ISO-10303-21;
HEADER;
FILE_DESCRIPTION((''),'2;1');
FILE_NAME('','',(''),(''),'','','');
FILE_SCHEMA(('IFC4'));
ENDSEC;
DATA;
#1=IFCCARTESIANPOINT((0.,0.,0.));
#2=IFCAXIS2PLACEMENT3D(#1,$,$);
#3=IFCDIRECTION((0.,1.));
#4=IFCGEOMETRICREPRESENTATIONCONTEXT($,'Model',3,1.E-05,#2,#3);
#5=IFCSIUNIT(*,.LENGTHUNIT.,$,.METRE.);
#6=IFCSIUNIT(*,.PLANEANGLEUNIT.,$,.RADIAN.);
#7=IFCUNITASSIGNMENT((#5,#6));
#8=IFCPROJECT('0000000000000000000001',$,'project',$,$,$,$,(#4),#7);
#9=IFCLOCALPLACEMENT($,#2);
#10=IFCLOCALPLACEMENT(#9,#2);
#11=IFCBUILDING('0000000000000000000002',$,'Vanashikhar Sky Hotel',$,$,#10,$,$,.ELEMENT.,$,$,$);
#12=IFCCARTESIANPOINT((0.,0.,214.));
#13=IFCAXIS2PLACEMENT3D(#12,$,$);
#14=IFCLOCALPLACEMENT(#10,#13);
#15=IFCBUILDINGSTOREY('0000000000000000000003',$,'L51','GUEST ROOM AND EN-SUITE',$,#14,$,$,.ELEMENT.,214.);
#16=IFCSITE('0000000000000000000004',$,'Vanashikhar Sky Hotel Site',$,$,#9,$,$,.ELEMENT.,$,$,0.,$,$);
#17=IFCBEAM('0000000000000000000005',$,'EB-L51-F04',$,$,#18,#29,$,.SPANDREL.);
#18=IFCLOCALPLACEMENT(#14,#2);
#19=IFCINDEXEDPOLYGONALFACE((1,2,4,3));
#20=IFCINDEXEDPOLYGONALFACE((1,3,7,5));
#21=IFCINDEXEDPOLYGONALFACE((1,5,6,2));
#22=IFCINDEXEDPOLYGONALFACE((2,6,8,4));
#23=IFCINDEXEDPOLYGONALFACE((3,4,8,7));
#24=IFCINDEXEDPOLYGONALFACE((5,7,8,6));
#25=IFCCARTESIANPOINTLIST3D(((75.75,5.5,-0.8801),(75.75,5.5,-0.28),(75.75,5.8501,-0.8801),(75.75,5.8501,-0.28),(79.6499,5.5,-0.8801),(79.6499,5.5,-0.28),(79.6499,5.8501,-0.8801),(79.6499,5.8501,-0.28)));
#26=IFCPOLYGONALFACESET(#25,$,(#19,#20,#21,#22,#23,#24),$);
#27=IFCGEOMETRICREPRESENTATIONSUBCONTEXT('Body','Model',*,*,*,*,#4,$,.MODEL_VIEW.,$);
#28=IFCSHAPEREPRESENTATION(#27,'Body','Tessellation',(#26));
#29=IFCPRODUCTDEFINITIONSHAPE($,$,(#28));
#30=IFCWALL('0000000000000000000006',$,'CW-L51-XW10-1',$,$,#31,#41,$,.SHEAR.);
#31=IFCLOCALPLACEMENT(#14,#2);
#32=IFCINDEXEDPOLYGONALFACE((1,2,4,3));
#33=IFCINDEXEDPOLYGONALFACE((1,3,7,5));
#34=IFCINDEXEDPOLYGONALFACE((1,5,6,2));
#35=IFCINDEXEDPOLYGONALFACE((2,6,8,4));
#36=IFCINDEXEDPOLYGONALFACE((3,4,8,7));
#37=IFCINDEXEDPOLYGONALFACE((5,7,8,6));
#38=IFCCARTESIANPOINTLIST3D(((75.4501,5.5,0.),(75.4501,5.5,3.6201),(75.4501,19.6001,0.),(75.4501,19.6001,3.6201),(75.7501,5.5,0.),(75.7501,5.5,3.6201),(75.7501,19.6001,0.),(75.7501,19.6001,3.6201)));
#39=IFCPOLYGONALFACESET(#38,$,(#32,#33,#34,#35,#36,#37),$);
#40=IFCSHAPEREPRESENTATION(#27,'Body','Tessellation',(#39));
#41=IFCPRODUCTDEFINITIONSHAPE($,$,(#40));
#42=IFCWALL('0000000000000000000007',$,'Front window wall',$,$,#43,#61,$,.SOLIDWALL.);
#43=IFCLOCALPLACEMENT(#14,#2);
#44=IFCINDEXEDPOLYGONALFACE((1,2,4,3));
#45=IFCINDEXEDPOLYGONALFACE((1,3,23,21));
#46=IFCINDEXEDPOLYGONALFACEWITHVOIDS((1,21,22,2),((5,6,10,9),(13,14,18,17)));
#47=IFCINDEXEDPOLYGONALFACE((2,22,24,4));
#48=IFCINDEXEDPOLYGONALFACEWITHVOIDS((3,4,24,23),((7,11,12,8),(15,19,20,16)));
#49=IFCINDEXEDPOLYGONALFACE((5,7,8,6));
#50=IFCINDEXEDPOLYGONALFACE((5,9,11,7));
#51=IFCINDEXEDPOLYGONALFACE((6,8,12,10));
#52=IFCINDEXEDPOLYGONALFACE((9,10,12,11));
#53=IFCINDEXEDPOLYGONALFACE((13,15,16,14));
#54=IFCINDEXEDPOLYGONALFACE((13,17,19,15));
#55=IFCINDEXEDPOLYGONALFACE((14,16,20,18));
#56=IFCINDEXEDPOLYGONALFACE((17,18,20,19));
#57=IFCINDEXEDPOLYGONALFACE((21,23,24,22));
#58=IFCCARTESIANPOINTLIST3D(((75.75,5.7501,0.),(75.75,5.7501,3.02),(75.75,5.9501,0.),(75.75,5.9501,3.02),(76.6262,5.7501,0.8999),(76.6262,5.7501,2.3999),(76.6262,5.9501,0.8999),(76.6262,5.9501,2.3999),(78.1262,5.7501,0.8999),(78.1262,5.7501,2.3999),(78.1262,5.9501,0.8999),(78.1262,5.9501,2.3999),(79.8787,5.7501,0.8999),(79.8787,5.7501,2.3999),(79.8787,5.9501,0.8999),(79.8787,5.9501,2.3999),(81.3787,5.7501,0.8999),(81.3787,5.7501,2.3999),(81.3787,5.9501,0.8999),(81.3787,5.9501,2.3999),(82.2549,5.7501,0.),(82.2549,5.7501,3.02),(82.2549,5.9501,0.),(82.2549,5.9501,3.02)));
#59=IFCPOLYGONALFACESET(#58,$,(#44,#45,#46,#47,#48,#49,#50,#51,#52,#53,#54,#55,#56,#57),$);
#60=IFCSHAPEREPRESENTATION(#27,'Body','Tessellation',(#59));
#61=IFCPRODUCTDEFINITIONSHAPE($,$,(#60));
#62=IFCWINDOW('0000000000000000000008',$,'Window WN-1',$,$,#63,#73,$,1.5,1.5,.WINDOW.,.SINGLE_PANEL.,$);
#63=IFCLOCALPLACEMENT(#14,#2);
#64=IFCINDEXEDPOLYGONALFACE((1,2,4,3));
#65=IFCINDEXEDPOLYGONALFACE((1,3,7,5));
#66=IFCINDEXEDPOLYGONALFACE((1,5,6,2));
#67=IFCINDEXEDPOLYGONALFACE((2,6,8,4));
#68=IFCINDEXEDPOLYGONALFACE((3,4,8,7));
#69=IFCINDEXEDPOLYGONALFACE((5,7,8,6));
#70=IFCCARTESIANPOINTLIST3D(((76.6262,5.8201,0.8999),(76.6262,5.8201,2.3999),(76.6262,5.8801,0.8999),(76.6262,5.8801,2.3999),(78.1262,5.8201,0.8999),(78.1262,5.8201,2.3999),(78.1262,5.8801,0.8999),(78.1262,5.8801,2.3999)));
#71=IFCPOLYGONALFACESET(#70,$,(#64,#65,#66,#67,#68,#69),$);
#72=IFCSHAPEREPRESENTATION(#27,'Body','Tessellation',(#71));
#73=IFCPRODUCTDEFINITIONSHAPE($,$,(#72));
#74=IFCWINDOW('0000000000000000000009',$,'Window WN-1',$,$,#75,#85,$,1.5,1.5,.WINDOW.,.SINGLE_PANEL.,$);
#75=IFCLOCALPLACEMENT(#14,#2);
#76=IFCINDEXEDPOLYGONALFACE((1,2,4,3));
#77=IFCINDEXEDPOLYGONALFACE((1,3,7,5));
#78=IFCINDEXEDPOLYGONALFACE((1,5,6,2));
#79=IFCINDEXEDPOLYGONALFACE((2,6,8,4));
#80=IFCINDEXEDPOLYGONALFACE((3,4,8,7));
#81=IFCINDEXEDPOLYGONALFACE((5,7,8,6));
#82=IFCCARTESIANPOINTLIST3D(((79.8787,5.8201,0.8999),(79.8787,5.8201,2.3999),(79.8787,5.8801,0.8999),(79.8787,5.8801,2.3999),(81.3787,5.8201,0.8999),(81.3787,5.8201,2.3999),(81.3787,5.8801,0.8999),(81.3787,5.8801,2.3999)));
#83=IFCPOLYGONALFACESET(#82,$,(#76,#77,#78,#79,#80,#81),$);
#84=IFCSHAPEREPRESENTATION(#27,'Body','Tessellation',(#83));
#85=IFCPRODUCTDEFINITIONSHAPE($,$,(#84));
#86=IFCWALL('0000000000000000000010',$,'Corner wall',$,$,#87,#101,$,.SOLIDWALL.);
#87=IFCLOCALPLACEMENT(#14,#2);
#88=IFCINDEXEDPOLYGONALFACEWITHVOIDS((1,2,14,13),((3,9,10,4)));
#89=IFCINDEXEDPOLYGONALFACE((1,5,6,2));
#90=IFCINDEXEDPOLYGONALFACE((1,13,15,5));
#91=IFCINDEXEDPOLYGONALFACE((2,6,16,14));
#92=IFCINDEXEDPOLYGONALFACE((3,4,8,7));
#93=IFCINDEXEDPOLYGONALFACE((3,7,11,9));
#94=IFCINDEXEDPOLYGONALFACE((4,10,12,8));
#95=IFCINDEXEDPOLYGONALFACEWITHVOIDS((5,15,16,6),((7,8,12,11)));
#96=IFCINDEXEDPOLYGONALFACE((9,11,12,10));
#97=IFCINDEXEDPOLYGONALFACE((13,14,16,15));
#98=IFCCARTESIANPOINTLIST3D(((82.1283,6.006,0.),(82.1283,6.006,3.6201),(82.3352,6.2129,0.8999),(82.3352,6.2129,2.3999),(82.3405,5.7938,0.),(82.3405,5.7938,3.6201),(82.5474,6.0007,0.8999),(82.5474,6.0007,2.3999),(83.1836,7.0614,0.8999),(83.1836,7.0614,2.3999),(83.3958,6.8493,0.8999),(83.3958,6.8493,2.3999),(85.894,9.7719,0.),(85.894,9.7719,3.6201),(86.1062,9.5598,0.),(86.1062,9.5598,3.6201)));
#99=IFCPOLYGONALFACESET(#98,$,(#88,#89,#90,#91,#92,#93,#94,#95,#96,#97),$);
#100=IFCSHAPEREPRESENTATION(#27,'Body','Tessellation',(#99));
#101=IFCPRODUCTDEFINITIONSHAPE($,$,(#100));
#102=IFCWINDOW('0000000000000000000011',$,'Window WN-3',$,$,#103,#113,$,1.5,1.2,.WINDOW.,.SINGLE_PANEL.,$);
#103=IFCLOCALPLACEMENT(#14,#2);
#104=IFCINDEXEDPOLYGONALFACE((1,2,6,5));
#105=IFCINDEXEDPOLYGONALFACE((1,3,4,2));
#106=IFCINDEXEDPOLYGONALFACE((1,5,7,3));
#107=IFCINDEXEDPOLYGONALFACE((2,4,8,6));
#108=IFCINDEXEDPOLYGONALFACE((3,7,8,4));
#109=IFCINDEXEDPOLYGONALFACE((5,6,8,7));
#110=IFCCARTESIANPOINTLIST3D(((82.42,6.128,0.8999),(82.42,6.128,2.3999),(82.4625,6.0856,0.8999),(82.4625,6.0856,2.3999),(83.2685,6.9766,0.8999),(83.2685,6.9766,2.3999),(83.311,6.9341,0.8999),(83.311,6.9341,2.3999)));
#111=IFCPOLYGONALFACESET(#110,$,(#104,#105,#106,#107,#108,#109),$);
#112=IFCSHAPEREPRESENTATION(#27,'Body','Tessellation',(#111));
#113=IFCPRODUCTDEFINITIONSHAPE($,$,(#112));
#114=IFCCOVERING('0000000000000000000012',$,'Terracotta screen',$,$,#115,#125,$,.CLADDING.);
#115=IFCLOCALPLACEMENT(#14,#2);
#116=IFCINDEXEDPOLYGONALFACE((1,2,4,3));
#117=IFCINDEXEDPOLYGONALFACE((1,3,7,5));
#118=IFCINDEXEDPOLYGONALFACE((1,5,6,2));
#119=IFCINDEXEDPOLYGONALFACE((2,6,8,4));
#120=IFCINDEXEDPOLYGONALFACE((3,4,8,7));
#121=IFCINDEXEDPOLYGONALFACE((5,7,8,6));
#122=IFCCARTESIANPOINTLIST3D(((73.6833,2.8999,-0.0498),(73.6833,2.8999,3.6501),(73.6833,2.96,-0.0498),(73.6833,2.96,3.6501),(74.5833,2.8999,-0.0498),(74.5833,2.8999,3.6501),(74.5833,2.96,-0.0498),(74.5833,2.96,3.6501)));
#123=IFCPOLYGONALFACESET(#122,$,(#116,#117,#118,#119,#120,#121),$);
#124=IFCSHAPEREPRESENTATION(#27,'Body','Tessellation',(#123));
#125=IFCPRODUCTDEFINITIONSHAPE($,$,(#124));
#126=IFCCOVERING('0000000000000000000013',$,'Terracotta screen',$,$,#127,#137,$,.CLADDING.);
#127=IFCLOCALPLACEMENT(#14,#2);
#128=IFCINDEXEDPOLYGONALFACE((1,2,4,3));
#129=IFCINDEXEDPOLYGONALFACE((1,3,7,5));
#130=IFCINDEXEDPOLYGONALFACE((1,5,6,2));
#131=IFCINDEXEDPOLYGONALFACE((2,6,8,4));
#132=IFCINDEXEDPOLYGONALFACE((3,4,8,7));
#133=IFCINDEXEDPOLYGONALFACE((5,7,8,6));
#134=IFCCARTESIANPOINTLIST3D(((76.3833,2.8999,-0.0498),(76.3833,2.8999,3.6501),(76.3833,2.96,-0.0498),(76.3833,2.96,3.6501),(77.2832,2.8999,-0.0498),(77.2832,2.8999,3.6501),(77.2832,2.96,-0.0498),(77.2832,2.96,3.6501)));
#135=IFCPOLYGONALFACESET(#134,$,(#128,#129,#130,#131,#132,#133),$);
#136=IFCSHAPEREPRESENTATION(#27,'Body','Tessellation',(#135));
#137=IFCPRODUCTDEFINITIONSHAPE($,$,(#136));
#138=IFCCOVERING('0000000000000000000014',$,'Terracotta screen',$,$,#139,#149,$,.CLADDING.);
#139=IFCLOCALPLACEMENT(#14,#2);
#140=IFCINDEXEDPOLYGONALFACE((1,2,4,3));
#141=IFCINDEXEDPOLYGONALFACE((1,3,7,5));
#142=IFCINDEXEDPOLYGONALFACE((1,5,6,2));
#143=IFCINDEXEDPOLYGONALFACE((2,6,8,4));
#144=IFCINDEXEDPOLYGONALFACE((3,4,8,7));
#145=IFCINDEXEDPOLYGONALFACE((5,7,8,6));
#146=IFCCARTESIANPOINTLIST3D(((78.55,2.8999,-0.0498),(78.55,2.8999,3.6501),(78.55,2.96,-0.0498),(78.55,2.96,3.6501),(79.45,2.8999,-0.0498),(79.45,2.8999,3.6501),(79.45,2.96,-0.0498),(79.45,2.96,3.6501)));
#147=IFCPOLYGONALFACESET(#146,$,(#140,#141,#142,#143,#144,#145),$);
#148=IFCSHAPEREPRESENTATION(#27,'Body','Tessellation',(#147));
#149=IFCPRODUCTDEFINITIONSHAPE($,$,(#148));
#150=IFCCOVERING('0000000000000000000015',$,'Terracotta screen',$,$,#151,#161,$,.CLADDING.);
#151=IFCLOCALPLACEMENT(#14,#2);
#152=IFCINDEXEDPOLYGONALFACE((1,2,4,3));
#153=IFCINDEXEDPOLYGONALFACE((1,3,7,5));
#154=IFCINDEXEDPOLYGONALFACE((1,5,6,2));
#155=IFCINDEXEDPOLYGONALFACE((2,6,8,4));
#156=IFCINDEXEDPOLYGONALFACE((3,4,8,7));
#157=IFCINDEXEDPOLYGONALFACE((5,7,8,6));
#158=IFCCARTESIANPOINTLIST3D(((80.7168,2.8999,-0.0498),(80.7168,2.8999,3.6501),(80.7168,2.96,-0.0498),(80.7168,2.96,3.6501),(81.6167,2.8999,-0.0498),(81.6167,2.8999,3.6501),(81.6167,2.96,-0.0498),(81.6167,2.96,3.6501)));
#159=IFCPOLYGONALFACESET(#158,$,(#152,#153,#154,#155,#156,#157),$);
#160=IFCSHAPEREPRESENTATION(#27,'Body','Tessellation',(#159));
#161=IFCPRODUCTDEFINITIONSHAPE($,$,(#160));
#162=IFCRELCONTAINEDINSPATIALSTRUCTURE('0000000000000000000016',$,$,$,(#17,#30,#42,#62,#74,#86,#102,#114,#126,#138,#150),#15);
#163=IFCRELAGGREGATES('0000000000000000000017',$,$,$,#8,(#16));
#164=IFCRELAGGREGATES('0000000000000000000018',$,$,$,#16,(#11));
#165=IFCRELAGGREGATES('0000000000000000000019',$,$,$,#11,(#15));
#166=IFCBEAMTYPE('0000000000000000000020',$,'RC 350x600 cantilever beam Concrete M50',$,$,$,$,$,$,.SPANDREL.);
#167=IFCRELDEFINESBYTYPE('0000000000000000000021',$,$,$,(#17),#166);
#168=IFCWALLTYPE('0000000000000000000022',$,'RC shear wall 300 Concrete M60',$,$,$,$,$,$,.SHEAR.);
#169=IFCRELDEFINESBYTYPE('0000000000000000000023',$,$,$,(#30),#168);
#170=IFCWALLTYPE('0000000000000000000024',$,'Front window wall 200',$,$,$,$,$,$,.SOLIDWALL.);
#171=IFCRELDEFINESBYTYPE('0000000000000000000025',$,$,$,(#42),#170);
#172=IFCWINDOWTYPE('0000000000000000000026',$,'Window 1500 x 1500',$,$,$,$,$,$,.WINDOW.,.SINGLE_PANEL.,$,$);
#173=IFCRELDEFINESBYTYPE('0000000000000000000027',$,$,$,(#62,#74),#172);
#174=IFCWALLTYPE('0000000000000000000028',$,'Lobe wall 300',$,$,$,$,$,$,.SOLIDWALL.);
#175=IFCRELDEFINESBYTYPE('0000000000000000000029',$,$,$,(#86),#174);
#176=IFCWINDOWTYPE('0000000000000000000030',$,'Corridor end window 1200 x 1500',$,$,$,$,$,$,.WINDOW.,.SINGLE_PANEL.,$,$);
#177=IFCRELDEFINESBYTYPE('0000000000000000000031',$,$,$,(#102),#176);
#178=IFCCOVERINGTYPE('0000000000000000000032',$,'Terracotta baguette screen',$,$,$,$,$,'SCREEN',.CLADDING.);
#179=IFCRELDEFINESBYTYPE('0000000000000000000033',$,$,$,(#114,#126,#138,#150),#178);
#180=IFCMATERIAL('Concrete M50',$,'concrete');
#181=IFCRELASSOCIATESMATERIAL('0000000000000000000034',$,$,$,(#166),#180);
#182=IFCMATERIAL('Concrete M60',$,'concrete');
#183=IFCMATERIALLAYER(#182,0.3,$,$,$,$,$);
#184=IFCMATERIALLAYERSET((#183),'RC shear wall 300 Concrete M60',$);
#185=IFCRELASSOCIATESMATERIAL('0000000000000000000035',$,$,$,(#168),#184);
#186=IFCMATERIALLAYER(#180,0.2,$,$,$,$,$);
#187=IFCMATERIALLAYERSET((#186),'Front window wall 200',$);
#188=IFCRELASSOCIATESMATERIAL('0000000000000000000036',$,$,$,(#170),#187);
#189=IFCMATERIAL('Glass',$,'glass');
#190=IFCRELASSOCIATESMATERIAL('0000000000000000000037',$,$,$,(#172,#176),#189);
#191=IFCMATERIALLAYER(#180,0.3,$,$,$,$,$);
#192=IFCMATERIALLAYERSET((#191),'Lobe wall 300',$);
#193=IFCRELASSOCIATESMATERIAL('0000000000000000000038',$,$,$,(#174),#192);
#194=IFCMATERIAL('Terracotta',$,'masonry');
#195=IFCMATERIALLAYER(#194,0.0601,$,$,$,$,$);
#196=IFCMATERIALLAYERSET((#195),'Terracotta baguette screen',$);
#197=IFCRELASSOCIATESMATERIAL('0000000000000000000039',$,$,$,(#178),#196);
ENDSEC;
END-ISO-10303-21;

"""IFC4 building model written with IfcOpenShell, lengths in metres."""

from ifc_helpers import new_model, si_unit, direction, frame, frame_2d, origin, origin_2d, place, context, subcontext, project, spatial, rectangle, extrude, source, transform, mapped, material, layer, layer_set, material_profile, profile_set, type_object, element, fill, save


model = new_model("IFC4")

# Units and contexts
model_context = context("Model", 3, precision=1e-05, world=origin(), true_north=direction((0.0, 1.0)))
body_context = subcontext(model_context, "Body", "Model", "MODEL_VIEW")
ifc_project = project(units=[si_unit("LENGTHUNIT", "METRE"), si_unit("PLANEANGLEUNIT", "RADIAN")], contexts=[model_context])

# Site, building, storey
site_placement = place(None, origin())
site = spatial("IfcSite", under=ifc_project, at=site_placement, Name="Vanashikhar Sky Hotel Site", CompositionType="ELEMENT", RefElevation=0.0)
building_placement = place(site_placement, origin())
building = spatial("IfcBuilding", under=site, at=building_placement, Name="Vanashikhar Sky Hotel", CompositionType="ELEMENT")
storey_placement = place(building_placement, frame((0.0, 0.0, 214.0)))
storey = spatial("IfcBuildingStorey", under=building, at=storey_placement, Name="L51", Description="GUEST ROOM AND EN-SUITE", CompositionType="ELEMENT", Elevation=214.0)

# Beam
ifc_material_1 = material(Name="Concrete M50", Category="concrete")
ifc_material_profile_1 = material_profile(ifc_material_1, rectangle(XDim=0.3501, YDim=0.6001, at=origin_2d()))
ifc_profile_set_1 = profile_set([ifc_material_profile_1], Name="RC 350x600 cantilever beam Concrete M50")
beam_type = type_object("IfcBeamType", Name="RC 350x600 cantilever beam Concrete M50", PredefinedType="SPANDREL", material=ifc_profile_set_1)
shared_shape_1 = source(origin(), body_context, "Body", "SweptSolid", [
    extrude(rectangle(XDim=0.3501, YDim=0.6001, at=origin_2d()), origin(), (0.0, 0.0, 1.0), 3.8999),
])
beam_placement = place(storey_placement, frame((75.75, 5.675, -0.5801), z_axis=(1.0, 0.0, 0.0), x_axis=(0.0, 1.0, 0.0)))
element("IfcBeam", 1, at=beam_placement, inside=storey, type_object=beam_type, Name="EB-L51-F04", PredefinedType="SPANDREL", context=body_context, shape_type="MappedRepresentation", body=[
    mapped(shared_shape_1, transform((0.0, 0.0, 0.0), scale=1.0)),
])

# Wall
ifc_material_2 = material(Name="Concrete M60", Category="concrete")
ifc_layer_1 = layer(ifc_material_2, 0.3)
ifc_layer_set_1 = layer_set([ifc_layer_1], Name="RC shear wall 300 Concrete M60")
wall_type_1 = type_object("IfcWallType", Name="RC shear wall 300 Concrete M60", PredefinedType="SHEAR", material=ifc_layer_set_1)
shared_shape_2 = source(origin(), body_context, "Body", "SweptSolid", [
    extrude(rectangle(XDim=14.1001, YDim=0.3, at=frame_2d((7.05, 0.0))), origin(), (0.0, 0.0, 1.0), 3.6201),
])
wall_1_placement = place(storey_placement, frame((75.6001, 5.5, 0.0), z_axis=(0.0, 0.0, 1.0), x_axis=(0.0, 1.0, 0.0)))
element("IfcWall", 2, at=wall_1_placement, inside=storey, type_object=wall_type_1, Name="CW-L51-XW10-1", PredefinedType="SHEAR", context=body_context, shape_type="MappedRepresentation", body=[
    mapped(shared_shape_2, transform((0.0, 0.0, 0.0), scale=1.0)),
])

# Wall, openings, windows
ifc_layer_2 = layer(ifc_material_1, 0.2)
ifc_layer_set_2 = layer_set([ifc_layer_2], Name="Front window wall 200")
wall_type_2 = type_object("IfcWallType", Name="Front window wall 200", PredefinedType="SOLIDWALL", material=ifc_layer_set_2)
shared_shape_3 = source(origin(), body_context, "Body", "SweptSolid", [
    extrude(rectangle(XDim=6.5049, YDim=0.2, at=frame_2d((3.2524, 0.0))), origin(), (0.0, 0.0, 1.0), 3.02),
])
wall_2_placement = place(storey_placement, frame((75.75, 5.8501, 0.0), z_axis=(0.0, 0.0, 1.0), x_axis=(1.0, 0.0, 0.0)))
wall_2 = element("IfcWall", 3, at=wall_2_placement, inside=storey, type_object=wall_type_2, Name="Front window wall", PredefinedType="SOLIDWALL", context=body_context, shape_type="MappedRepresentation", body=[
    mapped(shared_shape_3, transform((0.0, 0.0, 0.0), scale=1.0)),
])
shared_shape_4 = source(origin(), body_context, "Body", "SweptSolid", [
    extrude(rectangle(XDim=1.5, YDim=1.5, at=frame_2d((0.75, 0.75))), frame((0.0, 0.1099, 0.0), z_axis=(0.0, -1.0, 0.0), x_axis=(1.0, 0.0, 0.0)), (0.0, 0.0, 1.0), 0.22),
])
opening_1_placement = place(wall_2_placement, frame((0.8762, 0.0, 0.8999)))
opening_1 = element("IfcOpeningElement", 4, at=opening_1_placement, cuts=wall_2, PredefinedType="OPENING", context=body_context, shape_type="MappedRepresentation", body=[
    mapped(shared_shape_4, transform((0.0, 0.0, 0.0), scale=1.0)),
])
opening_2_placement = place(wall_2_placement, frame((4.1287, 0.0, 0.8999)))
opening_2 = element("IfcOpeningElement", 5, at=opening_2_placement, cuts=wall_2, PredefinedType="OPENING", context=body_context, shape_type="MappedRepresentation", body=[
    mapped(shared_shape_4, transform((0.0, 0.0, 0.0), scale=1.0)),
])
ifc_material_3 = material(Name="Glass", Category="glass")
window_type_1 = type_object("IfcWindowType", Name="Window 1500 x 1500", PartitioningType="SINGLE_PANEL", PredefinedType="WINDOW", material=ifc_material_3)
shared_shape_5 = source(origin(), body_context, "Body", "SweptSolid", [
    extrude(rectangle(XDim=1.5, YDim=1.5, at=frame_2d((0.75, 0.75))), frame((0.0, 0.03, 0.0), z_axis=(0.0, -1.0, 0.0), x_axis=(1.0, 0.0, 0.0)), (0.0, 0.0, 1.0), 0.0601),
])
window_1_placement = place(opening_1_placement, origin())
window_1 = element("IfcWindow", 6, at=window_1_placement, inside=storey, type_object=window_type_1, Name="Window WN-1", OverallHeight=1.5, OverallWidth=1.5, PartitioningType="SINGLE_PANEL", PredefinedType="WINDOW", context=body_context, shape_type="MappedRepresentation", body=[
    mapped(shared_shape_5, transform((0.0, 0.0, 0.0), scale=1.0)),
])
fill(opening_1, window_1)
window_2_placement = place(opening_2_placement, origin())
window_2 = element("IfcWindow", 7, at=window_2_placement, inside=storey, type_object=window_type_1, Name="Window WN-1", OverallHeight=1.5, OverallWidth=1.5, PartitioningType="SINGLE_PANEL", PredefinedType="WINDOW", context=body_context, shape_type="MappedRepresentation", body=[
    mapped(shared_shape_5, transform((0.0, 0.0, 0.0), scale=1.0)),
])
fill(opening_2, window_2)

# Wall, opening, window
ifc_layer_3 = layer(ifc_material_1, 0.3)
ifc_layer_set_3 = layer_set([ifc_layer_3], Name="Lobe wall 300")
wall_type_3 = type_object("IfcWallType", Name="Lobe wall 300", PredefinedType="SOLIDWALL", material=ifc_layer_set_3)
shared_shape_6 = source(origin(), body_context, "Body", "SweptSolid", [
    extrude(rectangle(XDim=5.3257, YDim=0.3, at=frame_2d((2.6628, 0.0))), origin(), (0.0, 0.0, 1.0), 3.6201),
])
wall_3_placement = place(storey_placement, frame((82.2344, 5.8999, 0.0), z_axis=(0.0, 0.0, 1.0), x_axis=(0.707084, 0.70713, 0.0)))
wall_3 = element("IfcWall", 8, at=wall_3_placement, inside=storey, type_object=wall_type_3, Name="Corner wall", PredefinedType="SOLIDWALL", context=body_context, shape_type="MappedRepresentation", body=[
    mapped(shared_shape_6, transform((0.0, 0.0, 0.0), scale=1.0)),
])
shared_shape_7 = source(origin(), body_context, "Body", "SweptSolid", [
    extrude(rectangle(XDim=1.2, YDim=1.5, at=frame_2d((0.6001, 0.75))), frame((0.0, 0.1602, 0.0), z_axis=(0.0, -1.0, 0.0), x_axis=(1.0, 0.0, 0.0)), (0.0, 0.0, 1.0), 0.3201),
])
opening_3_placement = place(wall_3_placement, frame((0.2925, 0.0, 0.8999)))
opening_3 = element("IfcOpeningElement", 9, at=opening_3_placement, cuts=wall_3, PredefinedType="OPENING", context=body_context, shape_type="MappedRepresentation", body=[
    mapped(shared_shape_7, transform((0.0, 0.0, 0.0), scale=1.0)),
])
window_type_2 = type_object("IfcWindowType", Name="Corridor end window 1200 x 1500", PartitioningType="SINGLE_PANEL", PredefinedType="WINDOW", material=ifc_material_3)
shared_shape_8 = source(origin(), body_context, "Body", "SweptSolid", [
    extrude(rectangle(XDim=1.2, YDim=1.5, at=frame_2d((0.6001, 0.75))), frame((0.0, 0.03, 0.0), z_axis=(0.0, -1.0, 0.0), x_axis=(1.0, 0.0, 0.0)), (0.0, 0.0, 1.0), 0.0601),
])
window_3_placement = place(opening_3_placement, origin())
window_3 = element("IfcWindow", 10, at=window_3_placement, inside=storey, type_object=window_type_2, Name="Window WN-3", OverallHeight=1.5, OverallWidth=1.2, PartitioningType="SINGLE_PANEL", PredefinedType="WINDOW", context=body_context, shape_type="MappedRepresentation", body=[
    mapped(shared_shape_8, transform((0.0, 0.0, 0.0), scale=1.0)),
])
fill(opening_3, window_3)

# Coverings
ifc_material_4 = material(Name="Terracotta", Category="masonry")
ifc_layer_4 = layer(ifc_material_4, 0.0601)
ifc_layer_set_4 = layer_set([ifc_layer_4], Name="Terracotta baguette screen")
covering_type_1 = type_object("IfcCoveringType", Name="Terracotta baguette screen", ElementType="SCREEN", PredefinedType="CLADDING", material=ifc_layer_set_4)
shared_shape_9 = source(origin(), body_context, "Body", "SweptSolid", [
    extrude(rectangle(XDim=0.8999, YDim=0.0601, at=origin_2d()), origin(), (0.0, 0.0, 1.0), 3.7),
])
for number, where, z_axis, x_axis, name in (
    (11, (74.1333, 2.9299, -0.0498), (0.0, 0.0, 1.0), (1.0, 0.0, 0.0), "Terracotta screen"),
    (12, (76.8333, 2.9299, -0.0498), (0.0, 0.0, 1.0), (1.0, 0.0, 0.0), "Terracotta screen"),
    (13, (79.0, 2.9299, -0.0498), (0.0, 0.0, 1.0), (1.0, 0.0, 0.0), "Terracotta screen"),
    (14, (81.1667, 2.9299, -0.0498), (0.0, 0.0, 1.0), (1.0, 0.0, 0.0), "Terracotta screen"),
):
    element("IfcCovering", number, at=place(storey_placement, frame(where, z_axis=z_axis, x_axis=x_axis)), inside=storey, type_object=covering_type_1, Name=name, PredefinedType="CLADDING", context=body_context, shape_type="MappedRepresentation", body=[
        mapped(shared_shape_9, transform((0.0, 0.0, 0.0), scale=1.0)),
    ])

save(model, "model.ifc")
